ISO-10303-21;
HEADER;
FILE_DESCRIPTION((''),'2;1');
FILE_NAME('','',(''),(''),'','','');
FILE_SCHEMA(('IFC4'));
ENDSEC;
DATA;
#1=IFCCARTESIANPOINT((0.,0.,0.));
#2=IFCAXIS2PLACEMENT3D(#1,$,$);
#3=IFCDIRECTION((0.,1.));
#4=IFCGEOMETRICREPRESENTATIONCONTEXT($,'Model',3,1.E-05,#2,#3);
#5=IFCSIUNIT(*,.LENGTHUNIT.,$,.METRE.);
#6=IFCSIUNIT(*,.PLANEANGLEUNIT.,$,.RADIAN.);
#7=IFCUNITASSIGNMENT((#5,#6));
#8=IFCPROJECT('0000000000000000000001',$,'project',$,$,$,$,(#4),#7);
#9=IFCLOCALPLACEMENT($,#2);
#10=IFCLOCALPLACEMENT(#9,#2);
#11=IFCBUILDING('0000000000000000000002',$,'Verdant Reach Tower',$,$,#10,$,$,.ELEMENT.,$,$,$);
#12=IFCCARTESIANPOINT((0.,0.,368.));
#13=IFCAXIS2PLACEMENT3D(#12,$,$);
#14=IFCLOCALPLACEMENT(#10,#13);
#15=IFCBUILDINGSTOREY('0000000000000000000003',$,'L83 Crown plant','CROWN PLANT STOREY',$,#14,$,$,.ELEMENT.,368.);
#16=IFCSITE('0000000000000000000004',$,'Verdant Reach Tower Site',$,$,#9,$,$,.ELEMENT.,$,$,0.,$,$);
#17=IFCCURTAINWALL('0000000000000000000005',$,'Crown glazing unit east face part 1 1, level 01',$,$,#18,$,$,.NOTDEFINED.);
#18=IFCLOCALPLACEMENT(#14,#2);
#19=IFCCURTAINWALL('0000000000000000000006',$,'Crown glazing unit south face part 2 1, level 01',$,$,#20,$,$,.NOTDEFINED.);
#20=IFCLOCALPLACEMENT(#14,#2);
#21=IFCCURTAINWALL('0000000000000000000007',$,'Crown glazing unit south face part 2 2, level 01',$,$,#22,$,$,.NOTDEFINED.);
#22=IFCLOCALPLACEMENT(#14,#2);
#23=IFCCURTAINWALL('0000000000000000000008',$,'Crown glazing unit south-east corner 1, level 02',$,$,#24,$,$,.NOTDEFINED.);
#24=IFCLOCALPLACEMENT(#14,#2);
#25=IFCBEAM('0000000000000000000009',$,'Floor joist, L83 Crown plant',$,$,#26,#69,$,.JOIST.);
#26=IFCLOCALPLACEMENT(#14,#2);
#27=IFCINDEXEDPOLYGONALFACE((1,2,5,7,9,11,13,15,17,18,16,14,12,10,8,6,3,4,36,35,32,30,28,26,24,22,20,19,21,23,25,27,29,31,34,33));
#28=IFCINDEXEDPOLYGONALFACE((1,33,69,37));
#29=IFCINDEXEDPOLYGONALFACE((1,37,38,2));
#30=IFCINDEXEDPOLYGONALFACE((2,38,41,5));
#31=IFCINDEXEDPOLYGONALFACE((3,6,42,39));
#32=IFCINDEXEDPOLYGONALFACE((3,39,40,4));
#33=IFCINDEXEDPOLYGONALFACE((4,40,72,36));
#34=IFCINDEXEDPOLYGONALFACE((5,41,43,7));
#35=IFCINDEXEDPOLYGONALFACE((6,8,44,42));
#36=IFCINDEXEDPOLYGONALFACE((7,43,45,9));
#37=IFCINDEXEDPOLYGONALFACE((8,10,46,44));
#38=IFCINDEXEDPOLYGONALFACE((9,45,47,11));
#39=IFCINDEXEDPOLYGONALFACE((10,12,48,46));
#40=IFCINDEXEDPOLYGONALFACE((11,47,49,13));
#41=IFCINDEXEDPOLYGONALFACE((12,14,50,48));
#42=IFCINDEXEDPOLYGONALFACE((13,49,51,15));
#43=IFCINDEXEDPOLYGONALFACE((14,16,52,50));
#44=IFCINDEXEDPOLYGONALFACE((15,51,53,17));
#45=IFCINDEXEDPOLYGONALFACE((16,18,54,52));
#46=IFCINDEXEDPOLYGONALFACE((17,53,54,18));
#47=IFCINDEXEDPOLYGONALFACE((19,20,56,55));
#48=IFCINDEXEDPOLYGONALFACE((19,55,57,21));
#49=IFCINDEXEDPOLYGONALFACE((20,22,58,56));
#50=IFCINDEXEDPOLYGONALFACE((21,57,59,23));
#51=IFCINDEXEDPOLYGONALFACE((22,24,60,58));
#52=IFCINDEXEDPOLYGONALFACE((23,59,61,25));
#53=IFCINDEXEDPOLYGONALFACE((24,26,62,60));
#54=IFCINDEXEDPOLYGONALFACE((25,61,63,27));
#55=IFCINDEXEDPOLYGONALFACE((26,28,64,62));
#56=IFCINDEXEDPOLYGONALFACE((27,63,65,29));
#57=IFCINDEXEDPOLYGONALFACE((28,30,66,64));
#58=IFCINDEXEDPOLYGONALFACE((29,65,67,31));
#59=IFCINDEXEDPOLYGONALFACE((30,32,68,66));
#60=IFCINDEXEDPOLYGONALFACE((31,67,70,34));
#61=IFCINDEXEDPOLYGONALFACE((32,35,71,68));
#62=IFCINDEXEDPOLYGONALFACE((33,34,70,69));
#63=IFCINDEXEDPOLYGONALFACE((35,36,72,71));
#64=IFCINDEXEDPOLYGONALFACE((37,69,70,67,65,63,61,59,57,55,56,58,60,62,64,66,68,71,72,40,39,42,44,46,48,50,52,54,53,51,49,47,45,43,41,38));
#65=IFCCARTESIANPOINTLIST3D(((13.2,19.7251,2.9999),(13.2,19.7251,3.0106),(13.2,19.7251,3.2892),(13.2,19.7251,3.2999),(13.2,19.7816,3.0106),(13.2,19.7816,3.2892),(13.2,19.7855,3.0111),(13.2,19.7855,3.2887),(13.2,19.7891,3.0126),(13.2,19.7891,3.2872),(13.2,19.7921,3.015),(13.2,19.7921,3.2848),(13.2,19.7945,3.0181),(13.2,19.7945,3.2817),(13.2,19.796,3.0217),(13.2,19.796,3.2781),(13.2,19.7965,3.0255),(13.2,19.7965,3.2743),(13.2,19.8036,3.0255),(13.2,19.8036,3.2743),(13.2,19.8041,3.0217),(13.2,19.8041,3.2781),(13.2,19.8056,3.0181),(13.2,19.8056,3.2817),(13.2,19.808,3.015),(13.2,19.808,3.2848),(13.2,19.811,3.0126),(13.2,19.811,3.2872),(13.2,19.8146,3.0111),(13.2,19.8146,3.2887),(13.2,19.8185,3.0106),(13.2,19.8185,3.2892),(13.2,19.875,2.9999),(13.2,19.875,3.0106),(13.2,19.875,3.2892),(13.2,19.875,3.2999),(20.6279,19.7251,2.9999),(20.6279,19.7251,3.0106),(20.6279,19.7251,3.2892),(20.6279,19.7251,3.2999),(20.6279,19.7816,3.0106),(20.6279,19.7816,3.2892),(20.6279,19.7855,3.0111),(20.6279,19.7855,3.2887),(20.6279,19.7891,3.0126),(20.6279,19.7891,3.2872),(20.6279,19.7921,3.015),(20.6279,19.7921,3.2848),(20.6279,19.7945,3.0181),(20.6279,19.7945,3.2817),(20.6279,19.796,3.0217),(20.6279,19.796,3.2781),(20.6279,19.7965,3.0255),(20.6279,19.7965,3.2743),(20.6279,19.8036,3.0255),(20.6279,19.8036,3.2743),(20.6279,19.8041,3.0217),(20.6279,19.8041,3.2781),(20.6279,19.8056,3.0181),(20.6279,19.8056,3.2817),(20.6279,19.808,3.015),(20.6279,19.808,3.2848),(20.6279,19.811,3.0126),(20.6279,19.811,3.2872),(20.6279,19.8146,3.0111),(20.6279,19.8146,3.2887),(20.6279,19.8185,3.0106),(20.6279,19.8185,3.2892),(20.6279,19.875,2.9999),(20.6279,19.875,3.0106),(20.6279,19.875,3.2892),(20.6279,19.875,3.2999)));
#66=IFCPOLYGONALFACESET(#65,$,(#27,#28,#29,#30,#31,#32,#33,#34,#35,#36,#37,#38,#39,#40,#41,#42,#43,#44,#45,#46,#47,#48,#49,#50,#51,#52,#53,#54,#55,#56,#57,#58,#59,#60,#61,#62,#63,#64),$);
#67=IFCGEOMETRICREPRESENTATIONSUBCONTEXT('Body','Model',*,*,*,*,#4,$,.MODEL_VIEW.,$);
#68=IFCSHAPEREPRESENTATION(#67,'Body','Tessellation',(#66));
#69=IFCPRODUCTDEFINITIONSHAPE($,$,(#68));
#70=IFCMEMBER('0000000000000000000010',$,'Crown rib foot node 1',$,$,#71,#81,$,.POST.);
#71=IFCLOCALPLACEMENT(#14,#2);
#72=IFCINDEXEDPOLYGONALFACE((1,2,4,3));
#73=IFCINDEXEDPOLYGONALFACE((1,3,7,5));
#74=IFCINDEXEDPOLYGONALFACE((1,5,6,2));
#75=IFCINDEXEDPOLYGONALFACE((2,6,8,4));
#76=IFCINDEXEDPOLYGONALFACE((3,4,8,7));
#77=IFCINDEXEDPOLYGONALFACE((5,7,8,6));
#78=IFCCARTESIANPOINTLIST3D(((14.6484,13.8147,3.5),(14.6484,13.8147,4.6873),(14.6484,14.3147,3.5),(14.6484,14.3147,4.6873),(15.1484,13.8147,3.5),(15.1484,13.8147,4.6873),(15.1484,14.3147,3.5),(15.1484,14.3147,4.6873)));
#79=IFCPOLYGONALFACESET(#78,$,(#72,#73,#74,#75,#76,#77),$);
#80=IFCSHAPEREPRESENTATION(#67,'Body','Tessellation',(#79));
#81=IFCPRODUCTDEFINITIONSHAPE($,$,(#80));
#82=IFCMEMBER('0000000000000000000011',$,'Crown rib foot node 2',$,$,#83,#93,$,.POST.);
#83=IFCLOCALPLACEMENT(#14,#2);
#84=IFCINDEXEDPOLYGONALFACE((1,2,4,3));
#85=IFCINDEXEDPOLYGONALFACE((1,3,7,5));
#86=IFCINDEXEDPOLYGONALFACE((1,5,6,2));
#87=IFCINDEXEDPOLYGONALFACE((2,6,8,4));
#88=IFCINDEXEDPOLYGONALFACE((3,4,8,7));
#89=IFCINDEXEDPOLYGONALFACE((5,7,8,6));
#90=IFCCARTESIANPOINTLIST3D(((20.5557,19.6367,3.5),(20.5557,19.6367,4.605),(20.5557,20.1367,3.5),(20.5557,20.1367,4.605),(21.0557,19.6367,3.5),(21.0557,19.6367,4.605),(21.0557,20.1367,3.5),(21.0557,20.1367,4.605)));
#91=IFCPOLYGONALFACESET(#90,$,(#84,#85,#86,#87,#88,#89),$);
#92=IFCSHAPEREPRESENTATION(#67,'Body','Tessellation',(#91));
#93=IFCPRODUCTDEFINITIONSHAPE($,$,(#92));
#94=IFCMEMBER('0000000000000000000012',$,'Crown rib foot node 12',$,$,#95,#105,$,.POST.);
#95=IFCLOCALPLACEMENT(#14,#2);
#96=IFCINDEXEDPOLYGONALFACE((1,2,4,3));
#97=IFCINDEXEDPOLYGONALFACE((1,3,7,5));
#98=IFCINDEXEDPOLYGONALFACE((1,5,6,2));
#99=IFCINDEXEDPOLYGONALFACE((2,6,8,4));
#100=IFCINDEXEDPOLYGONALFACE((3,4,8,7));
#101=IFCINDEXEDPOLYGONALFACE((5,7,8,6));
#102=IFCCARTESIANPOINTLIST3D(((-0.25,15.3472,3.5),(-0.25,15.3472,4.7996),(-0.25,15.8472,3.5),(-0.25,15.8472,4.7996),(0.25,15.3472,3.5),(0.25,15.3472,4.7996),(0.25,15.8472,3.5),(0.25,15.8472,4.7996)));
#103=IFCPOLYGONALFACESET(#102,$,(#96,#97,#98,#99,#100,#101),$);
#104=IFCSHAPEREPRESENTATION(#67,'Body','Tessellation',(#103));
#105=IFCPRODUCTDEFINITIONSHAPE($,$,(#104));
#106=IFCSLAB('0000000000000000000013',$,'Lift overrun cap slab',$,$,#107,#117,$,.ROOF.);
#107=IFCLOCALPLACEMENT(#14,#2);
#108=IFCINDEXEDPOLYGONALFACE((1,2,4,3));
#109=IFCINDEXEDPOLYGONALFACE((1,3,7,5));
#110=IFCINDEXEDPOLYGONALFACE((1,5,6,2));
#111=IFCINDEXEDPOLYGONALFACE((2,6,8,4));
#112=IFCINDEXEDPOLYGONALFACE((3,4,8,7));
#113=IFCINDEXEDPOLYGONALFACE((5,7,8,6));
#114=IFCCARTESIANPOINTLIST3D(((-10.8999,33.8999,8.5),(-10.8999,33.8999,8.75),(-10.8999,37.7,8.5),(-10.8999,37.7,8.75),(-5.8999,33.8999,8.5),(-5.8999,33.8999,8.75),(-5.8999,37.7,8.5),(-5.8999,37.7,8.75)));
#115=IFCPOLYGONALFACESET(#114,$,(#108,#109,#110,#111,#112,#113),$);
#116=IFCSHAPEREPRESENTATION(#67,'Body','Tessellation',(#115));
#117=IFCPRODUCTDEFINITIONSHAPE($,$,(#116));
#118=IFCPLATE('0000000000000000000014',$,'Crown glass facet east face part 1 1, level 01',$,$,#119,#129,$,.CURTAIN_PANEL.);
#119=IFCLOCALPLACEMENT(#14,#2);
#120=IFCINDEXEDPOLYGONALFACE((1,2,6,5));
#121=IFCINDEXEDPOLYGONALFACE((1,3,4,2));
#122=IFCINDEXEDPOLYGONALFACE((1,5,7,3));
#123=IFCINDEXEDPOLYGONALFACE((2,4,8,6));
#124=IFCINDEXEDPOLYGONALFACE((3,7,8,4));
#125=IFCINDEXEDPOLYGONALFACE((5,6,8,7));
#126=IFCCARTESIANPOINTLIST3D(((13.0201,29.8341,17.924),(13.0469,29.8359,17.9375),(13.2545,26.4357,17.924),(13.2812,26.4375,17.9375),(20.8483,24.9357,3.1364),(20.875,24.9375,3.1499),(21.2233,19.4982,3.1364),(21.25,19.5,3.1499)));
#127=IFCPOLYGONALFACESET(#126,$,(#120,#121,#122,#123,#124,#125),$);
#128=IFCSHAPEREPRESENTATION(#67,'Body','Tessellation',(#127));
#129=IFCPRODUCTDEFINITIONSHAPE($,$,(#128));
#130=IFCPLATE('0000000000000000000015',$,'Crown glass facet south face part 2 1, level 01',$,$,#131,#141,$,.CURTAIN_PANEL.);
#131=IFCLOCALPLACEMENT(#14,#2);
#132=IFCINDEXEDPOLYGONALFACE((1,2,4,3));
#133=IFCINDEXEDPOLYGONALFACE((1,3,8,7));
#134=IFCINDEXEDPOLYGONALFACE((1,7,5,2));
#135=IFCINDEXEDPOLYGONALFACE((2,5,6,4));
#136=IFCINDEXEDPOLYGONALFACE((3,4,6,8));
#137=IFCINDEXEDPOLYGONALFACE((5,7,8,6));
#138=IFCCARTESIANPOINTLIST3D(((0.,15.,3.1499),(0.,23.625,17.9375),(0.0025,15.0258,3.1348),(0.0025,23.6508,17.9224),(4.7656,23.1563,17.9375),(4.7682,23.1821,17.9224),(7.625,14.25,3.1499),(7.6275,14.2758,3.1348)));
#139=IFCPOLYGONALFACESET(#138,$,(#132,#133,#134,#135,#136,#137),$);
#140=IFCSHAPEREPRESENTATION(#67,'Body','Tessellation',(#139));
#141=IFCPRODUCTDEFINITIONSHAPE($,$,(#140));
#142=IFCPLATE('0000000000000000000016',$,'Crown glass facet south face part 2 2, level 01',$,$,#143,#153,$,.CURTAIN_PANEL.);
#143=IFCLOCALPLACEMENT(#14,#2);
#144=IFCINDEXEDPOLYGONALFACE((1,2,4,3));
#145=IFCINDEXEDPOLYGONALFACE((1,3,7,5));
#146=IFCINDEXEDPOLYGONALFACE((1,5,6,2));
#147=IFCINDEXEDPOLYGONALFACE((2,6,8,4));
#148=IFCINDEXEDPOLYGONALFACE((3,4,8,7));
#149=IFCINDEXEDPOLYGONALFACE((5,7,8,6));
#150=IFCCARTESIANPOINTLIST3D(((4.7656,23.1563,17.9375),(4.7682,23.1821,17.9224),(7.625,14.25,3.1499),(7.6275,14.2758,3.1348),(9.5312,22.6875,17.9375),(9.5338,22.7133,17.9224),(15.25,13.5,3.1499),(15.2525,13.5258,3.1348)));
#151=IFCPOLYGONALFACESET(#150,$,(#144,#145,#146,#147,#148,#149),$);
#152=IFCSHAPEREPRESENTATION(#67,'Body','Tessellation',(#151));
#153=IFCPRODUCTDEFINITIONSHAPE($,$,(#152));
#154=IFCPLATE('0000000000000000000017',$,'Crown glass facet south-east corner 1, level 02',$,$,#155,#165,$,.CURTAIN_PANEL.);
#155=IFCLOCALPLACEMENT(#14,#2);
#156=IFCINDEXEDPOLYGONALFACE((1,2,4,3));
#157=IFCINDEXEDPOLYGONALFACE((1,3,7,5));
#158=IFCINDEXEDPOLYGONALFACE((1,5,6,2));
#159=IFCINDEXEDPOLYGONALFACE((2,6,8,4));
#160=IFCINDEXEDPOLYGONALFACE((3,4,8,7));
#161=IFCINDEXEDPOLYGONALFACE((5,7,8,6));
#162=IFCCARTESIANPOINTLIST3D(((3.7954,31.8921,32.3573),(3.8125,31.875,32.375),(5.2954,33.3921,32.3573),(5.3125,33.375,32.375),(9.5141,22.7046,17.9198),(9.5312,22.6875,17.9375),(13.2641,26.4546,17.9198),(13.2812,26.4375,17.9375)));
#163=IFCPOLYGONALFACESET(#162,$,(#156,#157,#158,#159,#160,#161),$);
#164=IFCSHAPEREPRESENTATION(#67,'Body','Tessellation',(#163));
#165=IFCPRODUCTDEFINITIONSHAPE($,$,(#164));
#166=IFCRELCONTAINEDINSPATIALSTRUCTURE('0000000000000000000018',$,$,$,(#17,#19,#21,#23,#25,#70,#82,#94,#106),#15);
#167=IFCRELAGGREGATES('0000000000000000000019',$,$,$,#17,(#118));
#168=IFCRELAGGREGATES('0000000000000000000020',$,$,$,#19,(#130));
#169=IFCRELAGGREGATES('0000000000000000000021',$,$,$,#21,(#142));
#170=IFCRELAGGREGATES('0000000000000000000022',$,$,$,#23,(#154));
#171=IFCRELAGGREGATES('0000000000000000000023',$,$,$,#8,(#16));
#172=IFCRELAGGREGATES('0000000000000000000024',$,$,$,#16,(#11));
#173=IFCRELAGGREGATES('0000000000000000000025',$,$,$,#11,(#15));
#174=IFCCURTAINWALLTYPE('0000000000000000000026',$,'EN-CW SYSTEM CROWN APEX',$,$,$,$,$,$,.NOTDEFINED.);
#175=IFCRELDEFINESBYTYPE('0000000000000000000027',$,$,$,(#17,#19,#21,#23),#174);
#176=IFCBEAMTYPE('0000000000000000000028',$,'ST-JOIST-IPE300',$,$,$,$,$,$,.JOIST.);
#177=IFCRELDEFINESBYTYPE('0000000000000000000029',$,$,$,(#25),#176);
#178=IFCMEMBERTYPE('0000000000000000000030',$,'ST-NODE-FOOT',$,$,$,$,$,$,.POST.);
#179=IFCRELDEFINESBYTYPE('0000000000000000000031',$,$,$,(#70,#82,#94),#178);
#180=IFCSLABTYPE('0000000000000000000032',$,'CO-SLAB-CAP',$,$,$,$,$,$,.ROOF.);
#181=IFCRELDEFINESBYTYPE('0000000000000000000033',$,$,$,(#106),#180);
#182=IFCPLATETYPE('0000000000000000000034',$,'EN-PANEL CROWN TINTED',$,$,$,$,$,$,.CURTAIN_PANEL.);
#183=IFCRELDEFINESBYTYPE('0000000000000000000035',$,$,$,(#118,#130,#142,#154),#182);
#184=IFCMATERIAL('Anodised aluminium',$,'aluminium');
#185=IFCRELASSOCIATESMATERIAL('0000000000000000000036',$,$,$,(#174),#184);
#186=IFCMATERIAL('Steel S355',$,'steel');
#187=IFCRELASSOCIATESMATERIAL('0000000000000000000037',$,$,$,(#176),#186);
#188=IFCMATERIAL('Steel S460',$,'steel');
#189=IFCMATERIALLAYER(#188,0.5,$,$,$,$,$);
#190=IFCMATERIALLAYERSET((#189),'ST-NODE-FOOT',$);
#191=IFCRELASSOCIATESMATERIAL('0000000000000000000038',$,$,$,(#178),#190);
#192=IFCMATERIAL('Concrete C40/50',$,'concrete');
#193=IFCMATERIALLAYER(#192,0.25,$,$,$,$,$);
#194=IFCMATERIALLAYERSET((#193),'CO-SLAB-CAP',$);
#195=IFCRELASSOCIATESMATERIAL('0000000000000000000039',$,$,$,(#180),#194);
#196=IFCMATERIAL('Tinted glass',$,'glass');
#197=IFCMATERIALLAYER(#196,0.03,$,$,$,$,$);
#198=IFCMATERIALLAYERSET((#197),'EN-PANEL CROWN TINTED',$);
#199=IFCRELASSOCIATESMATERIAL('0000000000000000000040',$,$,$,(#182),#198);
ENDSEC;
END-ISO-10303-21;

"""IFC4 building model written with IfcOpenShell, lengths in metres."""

from ifc_helpers import new_model, si_unit, direction, frame, origin, origin_2d, place, context, subcontext, project, spatial, polyline, rectangle, i_section, outline, extrude, material, layer, layer_set, material_profile, profile_set, type_object, element, aggregate, save


model = new_model("IFC4")

# Units and contexts
model_context = context("Model", 3, precision=1e-05, world=origin(), true_north=direction((0.0, 1.0)))
body_context = subcontext(model_context, "Body", "Model", "MODEL_VIEW")
ifc_project = project(units=[si_unit("LENGTHUNIT", "METRE"), si_unit("PLANEANGLEUNIT", "RADIAN")], contexts=[model_context])

# Site, building, storey
site_placement = place(None, origin())
site = spatial("IfcSite", under=ifc_project, at=site_placement, Name="Verdant Reach Tower Site", CompositionType="ELEMENT", RefElevation=0.0)
building_placement = place(site_placement, origin())
building = spatial("IfcBuilding", under=site, at=building_placement, Name="Verdant Reach Tower", CompositionType="ELEMENT")
storey_placement = place(building_placement, frame((0.0, 0.0, 368.0)))
storey = spatial("IfcBuildingStorey", under=building, at=storey_placement, Name="L83 Crown plant", Description="CROWN PLANT STOREY", CompositionType="ELEMENT", Elevation=368.0)

# Curtain walls
ifc_material_1 = material(Name="Anodised aluminium", Category="aluminium")
curtain_wall_type = type_object("IfcCurtainWallType", Name="EN-CW SYSTEM CROWN APEX", PredefinedType="NOTDEFINED", material=ifc_material_1)
curtain_wall_1_placement = place(storey_placement, origin())
curtain_wall_1 = element("IfcCurtainWall", 1, at=curtain_wall_1_placement, inside=storey, type_object=curtain_wall_type, Name="Crown glazing unit east face part 1 1, level 01", PredefinedType="NOTDEFINED")
curtain_wall_2_placement = place(storey_placement, origin())
curtain_wall_2 = element("IfcCurtainWall", 2, at=curtain_wall_2_placement, inside=storey, type_object=curtain_wall_type, Name="Crown glazing unit south face part 2 1, level 01", PredefinedType="NOTDEFINED")
curtain_wall_3_placement = place(storey_placement, origin())
curtain_wall_3 = element("IfcCurtainWall", 3, at=curtain_wall_3_placement, inside=storey, type_object=curtain_wall_type, Name="Crown glazing unit south face part 2 2, level 01", PredefinedType="NOTDEFINED")
curtain_wall_4_placement = place(storey_placement, origin())
curtain_wall_4 = element("IfcCurtainWall", 4, at=curtain_wall_4_placement, inside=storey, type_object=curtain_wall_type, Name="Crown glazing unit south-east corner 1, level 02", PredefinedType="NOTDEFINED")

# Shared definitions
ifc_material_2 = material(Name="Steel S355", Category="steel")

# Shared definitions
ifc_material_3 = material(Name="Steel S460", Category="steel")

# Beam
ifc_material_profile_1 = material_profile(ifc_material_2, i_section(OverallWidth=0.1499, OverallDepth=0.3, WebThickness=0.0071, FlangeThickness=0.0107, FilletRadius=0.0149, at=origin_2d()), Name="IPE 300")
ifc_profile_set_1 = profile_set([ifc_material_profile_1], Name="Steel S355")
beam_type_1 = type_object("IfcBeamType", Name="ST-JOIST-IPE300", PredefinedType="JOIST", material=ifc_profile_set_1)
beam_1_placement = place(storey_placement, frame((13.2, 19.8, 3.1499), z_axis=(1.0, 0.0, 0.0), x_axis=(0.0, 1.0, 0.0)))
element("IfcBeam", 5, at=beam_1_placement, inside=storey, type_object=beam_type_1, Name="Floor joist, L83 Crown plant", PredefinedType="JOIST", context=body_context, shape_type="SweptSolid", body=[
    extrude(i_section(OverallWidth=0.1499, OverallDepth=0.3, WebThickness=0.0071, FlangeThickness=0.0107, FilletRadius=0.0149, at=origin_2d()), origin(), (0.0, 0.0, 1.0), 7.428),
])

# Members
ifc_layer_1 = layer(ifc_material_3, 0.5)
ifc_layer_set_1 = layer_set([ifc_layer_1], Name="ST-NODE-FOOT")
member_type_1 = type_object("IfcMemberType", Name="ST-NODE-FOOT", PredefinedType="POST", material=ifc_layer_set_1)
member_1_placement = place(storey_placement, frame((14.8984, 14.0647, 3.5), z_axis=(0.0, 0.0, 1.0), x_axis=(1.0, 0.0, 0.0)))
element("IfcMember", 6, at=member_1_placement, inside=storey, type_object=member_type_1, Name="Crown rib foot node 1", PredefinedType="POST", context=body_context, shape_type="SweptSolid", body=[
    extrude(rectangle(XDim=0.5, YDim=0.5, at=origin_2d()), origin(), (0.0, 0.0, 1.0), 1.1873),
])
member_2_placement = place(storey_placement, frame((20.8057, 19.8867, 3.5), z_axis=(0.0, 0.0, 1.0), x_axis=(1.0, 0.0, 0.0)))
element("IfcMember", 7, at=member_2_placement, inside=storey, type_object=member_type_1, Name="Crown rib foot node 2", PredefinedType="POST", context=body_context, shape_type="SweptSolid", body=[
    extrude(rectangle(XDim=0.5, YDim=0.5, at=origin_2d()), origin(), (0.0, 0.0, 1.0), 1.105),
])
member_3_placement = place(storey_placement, frame((0.0, 15.5972, 3.5), z_axis=(0.0, 0.0, 1.0), x_axis=(1.0, 0.0, 0.0)))
element("IfcMember", 8, at=member_3_placement, inside=storey, type_object=member_type_1, Name="Crown rib foot node 12", PredefinedType="POST", context=body_context, shape_type="SweptSolid", body=[
    extrude(rectangle(XDim=0.5, YDim=0.5, at=origin_2d()), origin(), (0.0, 0.0, 1.0), 1.2996),
])

# Slab
ifc_material_4 = material(Name="Concrete C40/50", Category="concrete")
ifc_layer_2 = layer(ifc_material_4, 0.25)
ifc_layer_set_2 = layer_set([ifc_layer_2], Name="CO-SLAB-CAP")
slab_type = type_object("IfcSlabType", Name="CO-SLAB-CAP", PredefinedType="ROOF", material=ifc_layer_set_2)
slab_placement = place(storey_placement, frame((0.0, 0.0, 8.5)))
element("IfcSlab", 9, at=slab_placement, inside=storey, type_object=slab_type, Name="Lift overrun cap slab", PredefinedType="ROOF", context=body_context, shape_type="SweptSolid", body=[
    extrude(outline(polyline([(-10.8999, 33.8999), (-5.8999, 33.8999), (-5.8999, 37.7), (-10.8999, 37.7), (-10.8999, 33.8999)])), origin(), (0.0, 0.0, 1.0), 0.25),
])

# Plates
ifc_material_5 = material(Name="Tinted glass", Category="glass")
ifc_layer_3 = layer(ifc_material_5, 0.03)
ifc_layer_set_3 = layer_set([ifc_layer_3], Name="EN-PANEL CROWN TINTED")
plate_type = type_object("IfcPlateType", Name="EN-PANEL CROWN TINTED", PredefinedType="CURTAIN_PANEL", material=ifc_layer_set_3)
plate_1_placement = place(storey_placement, frame((21.25, 19.5, 3.1499), z_axis=(0.890403, 0.061407, 0.451012), x_axis=(-0.068802, 0.99763, 0.0)))
plate_1 = element("IfcPlate", 10, at=plate_1_placement, type_object=plate_type, Name="Crown glass facet east face part 1 1, level 01", PredefinedType="CURTAIN_PANEL", context=body_context, shape_type="SweptSolid", body=[
    extrude(outline(polyline([(0.0, 0.0), (5.4504, 0.0), (10.8758, 16.5684), (7.4693, 16.5684), (0.0, 0.0)])), origin(), (0.0, 0.0, -1.0), 0.03),
])
aggregate(curtain_wall_1, [plate_1])
plate_2_placement = place(storey_placement, frame((0.0, 15.0, 3.1499), z_axis=(-0.08466, -0.860706, 0.502014), x_axis=(0.995197, -0.097888, 0.0)))
plate_2 = element("IfcPlate", 11, at=plate_2_placement, type_object=plate_type, Name="Crown glass facet south face part 2 1, level 01", PredefinedType="CURTAIN_PANEL", context=body_context, shape_type="SweptSolid", body=[
    extrude(outline(polyline([(0.0, 0.0), (7.6618, 0.0), (3.9443, 17.0983), (-0.8443, 17.0983), (0.0, 0.0)])), origin(), (0.0, 0.0, -1.0), 0.03),
])
aggregate(curtain_wall_2, [plate_2])
plate_3_placement = place(storey_placement, frame((7.625, 14.25, 3.1499), z_axis=(-0.08466, -0.860706, 0.502014), x_axis=(0.995197, -0.097888, 0.0)))
plate_3 = element("IfcPlate", 12, at=plate_3_placement, type_object=plate_type, Name="Crown glass facet south face part 2 2, level 01", PredefinedType="CURTAIN_PANEL", context=body_context, shape_type="SweptSolid", body=[
    extrude(outline(polyline([(0.0, 0.0), (7.6618, 0.0), (1.0712, 17.0983), (-3.7175, 17.0983), (0.0, 0.0)])), origin(), (0.0, 0.0, -1.0), 0.03),
])
aggregate(curtain_wall_3, [plate_3])
plate_4_placement = place(storey_placement, frame((9.5312, 22.6875, 17.9375), z_axis=(0.571103, -0.571103, 0.589646), x_axis=(0.707107, 0.707107, 0.0)))
plate_4 = element("IfcPlate", 13, at=plate_4_placement, type_object=plate_type, Name="Crown glass facet south-east corner 1, level 02", PredefinedType="CURTAIN_PANEL", context=body_context, shape_type="SweptSolid", body=[
    extrude(outline(polyline([(0.0, 0.0), (5.3033, 0.0), (4.5741, 17.8757), (2.4528, 17.8757), (0.0, 0.0)])), origin(), (0.0, 0.0, -1.0), 0.03),
])
aggregate(curtain_wall_4, [plate_4])

save(model, "model.ifc")
